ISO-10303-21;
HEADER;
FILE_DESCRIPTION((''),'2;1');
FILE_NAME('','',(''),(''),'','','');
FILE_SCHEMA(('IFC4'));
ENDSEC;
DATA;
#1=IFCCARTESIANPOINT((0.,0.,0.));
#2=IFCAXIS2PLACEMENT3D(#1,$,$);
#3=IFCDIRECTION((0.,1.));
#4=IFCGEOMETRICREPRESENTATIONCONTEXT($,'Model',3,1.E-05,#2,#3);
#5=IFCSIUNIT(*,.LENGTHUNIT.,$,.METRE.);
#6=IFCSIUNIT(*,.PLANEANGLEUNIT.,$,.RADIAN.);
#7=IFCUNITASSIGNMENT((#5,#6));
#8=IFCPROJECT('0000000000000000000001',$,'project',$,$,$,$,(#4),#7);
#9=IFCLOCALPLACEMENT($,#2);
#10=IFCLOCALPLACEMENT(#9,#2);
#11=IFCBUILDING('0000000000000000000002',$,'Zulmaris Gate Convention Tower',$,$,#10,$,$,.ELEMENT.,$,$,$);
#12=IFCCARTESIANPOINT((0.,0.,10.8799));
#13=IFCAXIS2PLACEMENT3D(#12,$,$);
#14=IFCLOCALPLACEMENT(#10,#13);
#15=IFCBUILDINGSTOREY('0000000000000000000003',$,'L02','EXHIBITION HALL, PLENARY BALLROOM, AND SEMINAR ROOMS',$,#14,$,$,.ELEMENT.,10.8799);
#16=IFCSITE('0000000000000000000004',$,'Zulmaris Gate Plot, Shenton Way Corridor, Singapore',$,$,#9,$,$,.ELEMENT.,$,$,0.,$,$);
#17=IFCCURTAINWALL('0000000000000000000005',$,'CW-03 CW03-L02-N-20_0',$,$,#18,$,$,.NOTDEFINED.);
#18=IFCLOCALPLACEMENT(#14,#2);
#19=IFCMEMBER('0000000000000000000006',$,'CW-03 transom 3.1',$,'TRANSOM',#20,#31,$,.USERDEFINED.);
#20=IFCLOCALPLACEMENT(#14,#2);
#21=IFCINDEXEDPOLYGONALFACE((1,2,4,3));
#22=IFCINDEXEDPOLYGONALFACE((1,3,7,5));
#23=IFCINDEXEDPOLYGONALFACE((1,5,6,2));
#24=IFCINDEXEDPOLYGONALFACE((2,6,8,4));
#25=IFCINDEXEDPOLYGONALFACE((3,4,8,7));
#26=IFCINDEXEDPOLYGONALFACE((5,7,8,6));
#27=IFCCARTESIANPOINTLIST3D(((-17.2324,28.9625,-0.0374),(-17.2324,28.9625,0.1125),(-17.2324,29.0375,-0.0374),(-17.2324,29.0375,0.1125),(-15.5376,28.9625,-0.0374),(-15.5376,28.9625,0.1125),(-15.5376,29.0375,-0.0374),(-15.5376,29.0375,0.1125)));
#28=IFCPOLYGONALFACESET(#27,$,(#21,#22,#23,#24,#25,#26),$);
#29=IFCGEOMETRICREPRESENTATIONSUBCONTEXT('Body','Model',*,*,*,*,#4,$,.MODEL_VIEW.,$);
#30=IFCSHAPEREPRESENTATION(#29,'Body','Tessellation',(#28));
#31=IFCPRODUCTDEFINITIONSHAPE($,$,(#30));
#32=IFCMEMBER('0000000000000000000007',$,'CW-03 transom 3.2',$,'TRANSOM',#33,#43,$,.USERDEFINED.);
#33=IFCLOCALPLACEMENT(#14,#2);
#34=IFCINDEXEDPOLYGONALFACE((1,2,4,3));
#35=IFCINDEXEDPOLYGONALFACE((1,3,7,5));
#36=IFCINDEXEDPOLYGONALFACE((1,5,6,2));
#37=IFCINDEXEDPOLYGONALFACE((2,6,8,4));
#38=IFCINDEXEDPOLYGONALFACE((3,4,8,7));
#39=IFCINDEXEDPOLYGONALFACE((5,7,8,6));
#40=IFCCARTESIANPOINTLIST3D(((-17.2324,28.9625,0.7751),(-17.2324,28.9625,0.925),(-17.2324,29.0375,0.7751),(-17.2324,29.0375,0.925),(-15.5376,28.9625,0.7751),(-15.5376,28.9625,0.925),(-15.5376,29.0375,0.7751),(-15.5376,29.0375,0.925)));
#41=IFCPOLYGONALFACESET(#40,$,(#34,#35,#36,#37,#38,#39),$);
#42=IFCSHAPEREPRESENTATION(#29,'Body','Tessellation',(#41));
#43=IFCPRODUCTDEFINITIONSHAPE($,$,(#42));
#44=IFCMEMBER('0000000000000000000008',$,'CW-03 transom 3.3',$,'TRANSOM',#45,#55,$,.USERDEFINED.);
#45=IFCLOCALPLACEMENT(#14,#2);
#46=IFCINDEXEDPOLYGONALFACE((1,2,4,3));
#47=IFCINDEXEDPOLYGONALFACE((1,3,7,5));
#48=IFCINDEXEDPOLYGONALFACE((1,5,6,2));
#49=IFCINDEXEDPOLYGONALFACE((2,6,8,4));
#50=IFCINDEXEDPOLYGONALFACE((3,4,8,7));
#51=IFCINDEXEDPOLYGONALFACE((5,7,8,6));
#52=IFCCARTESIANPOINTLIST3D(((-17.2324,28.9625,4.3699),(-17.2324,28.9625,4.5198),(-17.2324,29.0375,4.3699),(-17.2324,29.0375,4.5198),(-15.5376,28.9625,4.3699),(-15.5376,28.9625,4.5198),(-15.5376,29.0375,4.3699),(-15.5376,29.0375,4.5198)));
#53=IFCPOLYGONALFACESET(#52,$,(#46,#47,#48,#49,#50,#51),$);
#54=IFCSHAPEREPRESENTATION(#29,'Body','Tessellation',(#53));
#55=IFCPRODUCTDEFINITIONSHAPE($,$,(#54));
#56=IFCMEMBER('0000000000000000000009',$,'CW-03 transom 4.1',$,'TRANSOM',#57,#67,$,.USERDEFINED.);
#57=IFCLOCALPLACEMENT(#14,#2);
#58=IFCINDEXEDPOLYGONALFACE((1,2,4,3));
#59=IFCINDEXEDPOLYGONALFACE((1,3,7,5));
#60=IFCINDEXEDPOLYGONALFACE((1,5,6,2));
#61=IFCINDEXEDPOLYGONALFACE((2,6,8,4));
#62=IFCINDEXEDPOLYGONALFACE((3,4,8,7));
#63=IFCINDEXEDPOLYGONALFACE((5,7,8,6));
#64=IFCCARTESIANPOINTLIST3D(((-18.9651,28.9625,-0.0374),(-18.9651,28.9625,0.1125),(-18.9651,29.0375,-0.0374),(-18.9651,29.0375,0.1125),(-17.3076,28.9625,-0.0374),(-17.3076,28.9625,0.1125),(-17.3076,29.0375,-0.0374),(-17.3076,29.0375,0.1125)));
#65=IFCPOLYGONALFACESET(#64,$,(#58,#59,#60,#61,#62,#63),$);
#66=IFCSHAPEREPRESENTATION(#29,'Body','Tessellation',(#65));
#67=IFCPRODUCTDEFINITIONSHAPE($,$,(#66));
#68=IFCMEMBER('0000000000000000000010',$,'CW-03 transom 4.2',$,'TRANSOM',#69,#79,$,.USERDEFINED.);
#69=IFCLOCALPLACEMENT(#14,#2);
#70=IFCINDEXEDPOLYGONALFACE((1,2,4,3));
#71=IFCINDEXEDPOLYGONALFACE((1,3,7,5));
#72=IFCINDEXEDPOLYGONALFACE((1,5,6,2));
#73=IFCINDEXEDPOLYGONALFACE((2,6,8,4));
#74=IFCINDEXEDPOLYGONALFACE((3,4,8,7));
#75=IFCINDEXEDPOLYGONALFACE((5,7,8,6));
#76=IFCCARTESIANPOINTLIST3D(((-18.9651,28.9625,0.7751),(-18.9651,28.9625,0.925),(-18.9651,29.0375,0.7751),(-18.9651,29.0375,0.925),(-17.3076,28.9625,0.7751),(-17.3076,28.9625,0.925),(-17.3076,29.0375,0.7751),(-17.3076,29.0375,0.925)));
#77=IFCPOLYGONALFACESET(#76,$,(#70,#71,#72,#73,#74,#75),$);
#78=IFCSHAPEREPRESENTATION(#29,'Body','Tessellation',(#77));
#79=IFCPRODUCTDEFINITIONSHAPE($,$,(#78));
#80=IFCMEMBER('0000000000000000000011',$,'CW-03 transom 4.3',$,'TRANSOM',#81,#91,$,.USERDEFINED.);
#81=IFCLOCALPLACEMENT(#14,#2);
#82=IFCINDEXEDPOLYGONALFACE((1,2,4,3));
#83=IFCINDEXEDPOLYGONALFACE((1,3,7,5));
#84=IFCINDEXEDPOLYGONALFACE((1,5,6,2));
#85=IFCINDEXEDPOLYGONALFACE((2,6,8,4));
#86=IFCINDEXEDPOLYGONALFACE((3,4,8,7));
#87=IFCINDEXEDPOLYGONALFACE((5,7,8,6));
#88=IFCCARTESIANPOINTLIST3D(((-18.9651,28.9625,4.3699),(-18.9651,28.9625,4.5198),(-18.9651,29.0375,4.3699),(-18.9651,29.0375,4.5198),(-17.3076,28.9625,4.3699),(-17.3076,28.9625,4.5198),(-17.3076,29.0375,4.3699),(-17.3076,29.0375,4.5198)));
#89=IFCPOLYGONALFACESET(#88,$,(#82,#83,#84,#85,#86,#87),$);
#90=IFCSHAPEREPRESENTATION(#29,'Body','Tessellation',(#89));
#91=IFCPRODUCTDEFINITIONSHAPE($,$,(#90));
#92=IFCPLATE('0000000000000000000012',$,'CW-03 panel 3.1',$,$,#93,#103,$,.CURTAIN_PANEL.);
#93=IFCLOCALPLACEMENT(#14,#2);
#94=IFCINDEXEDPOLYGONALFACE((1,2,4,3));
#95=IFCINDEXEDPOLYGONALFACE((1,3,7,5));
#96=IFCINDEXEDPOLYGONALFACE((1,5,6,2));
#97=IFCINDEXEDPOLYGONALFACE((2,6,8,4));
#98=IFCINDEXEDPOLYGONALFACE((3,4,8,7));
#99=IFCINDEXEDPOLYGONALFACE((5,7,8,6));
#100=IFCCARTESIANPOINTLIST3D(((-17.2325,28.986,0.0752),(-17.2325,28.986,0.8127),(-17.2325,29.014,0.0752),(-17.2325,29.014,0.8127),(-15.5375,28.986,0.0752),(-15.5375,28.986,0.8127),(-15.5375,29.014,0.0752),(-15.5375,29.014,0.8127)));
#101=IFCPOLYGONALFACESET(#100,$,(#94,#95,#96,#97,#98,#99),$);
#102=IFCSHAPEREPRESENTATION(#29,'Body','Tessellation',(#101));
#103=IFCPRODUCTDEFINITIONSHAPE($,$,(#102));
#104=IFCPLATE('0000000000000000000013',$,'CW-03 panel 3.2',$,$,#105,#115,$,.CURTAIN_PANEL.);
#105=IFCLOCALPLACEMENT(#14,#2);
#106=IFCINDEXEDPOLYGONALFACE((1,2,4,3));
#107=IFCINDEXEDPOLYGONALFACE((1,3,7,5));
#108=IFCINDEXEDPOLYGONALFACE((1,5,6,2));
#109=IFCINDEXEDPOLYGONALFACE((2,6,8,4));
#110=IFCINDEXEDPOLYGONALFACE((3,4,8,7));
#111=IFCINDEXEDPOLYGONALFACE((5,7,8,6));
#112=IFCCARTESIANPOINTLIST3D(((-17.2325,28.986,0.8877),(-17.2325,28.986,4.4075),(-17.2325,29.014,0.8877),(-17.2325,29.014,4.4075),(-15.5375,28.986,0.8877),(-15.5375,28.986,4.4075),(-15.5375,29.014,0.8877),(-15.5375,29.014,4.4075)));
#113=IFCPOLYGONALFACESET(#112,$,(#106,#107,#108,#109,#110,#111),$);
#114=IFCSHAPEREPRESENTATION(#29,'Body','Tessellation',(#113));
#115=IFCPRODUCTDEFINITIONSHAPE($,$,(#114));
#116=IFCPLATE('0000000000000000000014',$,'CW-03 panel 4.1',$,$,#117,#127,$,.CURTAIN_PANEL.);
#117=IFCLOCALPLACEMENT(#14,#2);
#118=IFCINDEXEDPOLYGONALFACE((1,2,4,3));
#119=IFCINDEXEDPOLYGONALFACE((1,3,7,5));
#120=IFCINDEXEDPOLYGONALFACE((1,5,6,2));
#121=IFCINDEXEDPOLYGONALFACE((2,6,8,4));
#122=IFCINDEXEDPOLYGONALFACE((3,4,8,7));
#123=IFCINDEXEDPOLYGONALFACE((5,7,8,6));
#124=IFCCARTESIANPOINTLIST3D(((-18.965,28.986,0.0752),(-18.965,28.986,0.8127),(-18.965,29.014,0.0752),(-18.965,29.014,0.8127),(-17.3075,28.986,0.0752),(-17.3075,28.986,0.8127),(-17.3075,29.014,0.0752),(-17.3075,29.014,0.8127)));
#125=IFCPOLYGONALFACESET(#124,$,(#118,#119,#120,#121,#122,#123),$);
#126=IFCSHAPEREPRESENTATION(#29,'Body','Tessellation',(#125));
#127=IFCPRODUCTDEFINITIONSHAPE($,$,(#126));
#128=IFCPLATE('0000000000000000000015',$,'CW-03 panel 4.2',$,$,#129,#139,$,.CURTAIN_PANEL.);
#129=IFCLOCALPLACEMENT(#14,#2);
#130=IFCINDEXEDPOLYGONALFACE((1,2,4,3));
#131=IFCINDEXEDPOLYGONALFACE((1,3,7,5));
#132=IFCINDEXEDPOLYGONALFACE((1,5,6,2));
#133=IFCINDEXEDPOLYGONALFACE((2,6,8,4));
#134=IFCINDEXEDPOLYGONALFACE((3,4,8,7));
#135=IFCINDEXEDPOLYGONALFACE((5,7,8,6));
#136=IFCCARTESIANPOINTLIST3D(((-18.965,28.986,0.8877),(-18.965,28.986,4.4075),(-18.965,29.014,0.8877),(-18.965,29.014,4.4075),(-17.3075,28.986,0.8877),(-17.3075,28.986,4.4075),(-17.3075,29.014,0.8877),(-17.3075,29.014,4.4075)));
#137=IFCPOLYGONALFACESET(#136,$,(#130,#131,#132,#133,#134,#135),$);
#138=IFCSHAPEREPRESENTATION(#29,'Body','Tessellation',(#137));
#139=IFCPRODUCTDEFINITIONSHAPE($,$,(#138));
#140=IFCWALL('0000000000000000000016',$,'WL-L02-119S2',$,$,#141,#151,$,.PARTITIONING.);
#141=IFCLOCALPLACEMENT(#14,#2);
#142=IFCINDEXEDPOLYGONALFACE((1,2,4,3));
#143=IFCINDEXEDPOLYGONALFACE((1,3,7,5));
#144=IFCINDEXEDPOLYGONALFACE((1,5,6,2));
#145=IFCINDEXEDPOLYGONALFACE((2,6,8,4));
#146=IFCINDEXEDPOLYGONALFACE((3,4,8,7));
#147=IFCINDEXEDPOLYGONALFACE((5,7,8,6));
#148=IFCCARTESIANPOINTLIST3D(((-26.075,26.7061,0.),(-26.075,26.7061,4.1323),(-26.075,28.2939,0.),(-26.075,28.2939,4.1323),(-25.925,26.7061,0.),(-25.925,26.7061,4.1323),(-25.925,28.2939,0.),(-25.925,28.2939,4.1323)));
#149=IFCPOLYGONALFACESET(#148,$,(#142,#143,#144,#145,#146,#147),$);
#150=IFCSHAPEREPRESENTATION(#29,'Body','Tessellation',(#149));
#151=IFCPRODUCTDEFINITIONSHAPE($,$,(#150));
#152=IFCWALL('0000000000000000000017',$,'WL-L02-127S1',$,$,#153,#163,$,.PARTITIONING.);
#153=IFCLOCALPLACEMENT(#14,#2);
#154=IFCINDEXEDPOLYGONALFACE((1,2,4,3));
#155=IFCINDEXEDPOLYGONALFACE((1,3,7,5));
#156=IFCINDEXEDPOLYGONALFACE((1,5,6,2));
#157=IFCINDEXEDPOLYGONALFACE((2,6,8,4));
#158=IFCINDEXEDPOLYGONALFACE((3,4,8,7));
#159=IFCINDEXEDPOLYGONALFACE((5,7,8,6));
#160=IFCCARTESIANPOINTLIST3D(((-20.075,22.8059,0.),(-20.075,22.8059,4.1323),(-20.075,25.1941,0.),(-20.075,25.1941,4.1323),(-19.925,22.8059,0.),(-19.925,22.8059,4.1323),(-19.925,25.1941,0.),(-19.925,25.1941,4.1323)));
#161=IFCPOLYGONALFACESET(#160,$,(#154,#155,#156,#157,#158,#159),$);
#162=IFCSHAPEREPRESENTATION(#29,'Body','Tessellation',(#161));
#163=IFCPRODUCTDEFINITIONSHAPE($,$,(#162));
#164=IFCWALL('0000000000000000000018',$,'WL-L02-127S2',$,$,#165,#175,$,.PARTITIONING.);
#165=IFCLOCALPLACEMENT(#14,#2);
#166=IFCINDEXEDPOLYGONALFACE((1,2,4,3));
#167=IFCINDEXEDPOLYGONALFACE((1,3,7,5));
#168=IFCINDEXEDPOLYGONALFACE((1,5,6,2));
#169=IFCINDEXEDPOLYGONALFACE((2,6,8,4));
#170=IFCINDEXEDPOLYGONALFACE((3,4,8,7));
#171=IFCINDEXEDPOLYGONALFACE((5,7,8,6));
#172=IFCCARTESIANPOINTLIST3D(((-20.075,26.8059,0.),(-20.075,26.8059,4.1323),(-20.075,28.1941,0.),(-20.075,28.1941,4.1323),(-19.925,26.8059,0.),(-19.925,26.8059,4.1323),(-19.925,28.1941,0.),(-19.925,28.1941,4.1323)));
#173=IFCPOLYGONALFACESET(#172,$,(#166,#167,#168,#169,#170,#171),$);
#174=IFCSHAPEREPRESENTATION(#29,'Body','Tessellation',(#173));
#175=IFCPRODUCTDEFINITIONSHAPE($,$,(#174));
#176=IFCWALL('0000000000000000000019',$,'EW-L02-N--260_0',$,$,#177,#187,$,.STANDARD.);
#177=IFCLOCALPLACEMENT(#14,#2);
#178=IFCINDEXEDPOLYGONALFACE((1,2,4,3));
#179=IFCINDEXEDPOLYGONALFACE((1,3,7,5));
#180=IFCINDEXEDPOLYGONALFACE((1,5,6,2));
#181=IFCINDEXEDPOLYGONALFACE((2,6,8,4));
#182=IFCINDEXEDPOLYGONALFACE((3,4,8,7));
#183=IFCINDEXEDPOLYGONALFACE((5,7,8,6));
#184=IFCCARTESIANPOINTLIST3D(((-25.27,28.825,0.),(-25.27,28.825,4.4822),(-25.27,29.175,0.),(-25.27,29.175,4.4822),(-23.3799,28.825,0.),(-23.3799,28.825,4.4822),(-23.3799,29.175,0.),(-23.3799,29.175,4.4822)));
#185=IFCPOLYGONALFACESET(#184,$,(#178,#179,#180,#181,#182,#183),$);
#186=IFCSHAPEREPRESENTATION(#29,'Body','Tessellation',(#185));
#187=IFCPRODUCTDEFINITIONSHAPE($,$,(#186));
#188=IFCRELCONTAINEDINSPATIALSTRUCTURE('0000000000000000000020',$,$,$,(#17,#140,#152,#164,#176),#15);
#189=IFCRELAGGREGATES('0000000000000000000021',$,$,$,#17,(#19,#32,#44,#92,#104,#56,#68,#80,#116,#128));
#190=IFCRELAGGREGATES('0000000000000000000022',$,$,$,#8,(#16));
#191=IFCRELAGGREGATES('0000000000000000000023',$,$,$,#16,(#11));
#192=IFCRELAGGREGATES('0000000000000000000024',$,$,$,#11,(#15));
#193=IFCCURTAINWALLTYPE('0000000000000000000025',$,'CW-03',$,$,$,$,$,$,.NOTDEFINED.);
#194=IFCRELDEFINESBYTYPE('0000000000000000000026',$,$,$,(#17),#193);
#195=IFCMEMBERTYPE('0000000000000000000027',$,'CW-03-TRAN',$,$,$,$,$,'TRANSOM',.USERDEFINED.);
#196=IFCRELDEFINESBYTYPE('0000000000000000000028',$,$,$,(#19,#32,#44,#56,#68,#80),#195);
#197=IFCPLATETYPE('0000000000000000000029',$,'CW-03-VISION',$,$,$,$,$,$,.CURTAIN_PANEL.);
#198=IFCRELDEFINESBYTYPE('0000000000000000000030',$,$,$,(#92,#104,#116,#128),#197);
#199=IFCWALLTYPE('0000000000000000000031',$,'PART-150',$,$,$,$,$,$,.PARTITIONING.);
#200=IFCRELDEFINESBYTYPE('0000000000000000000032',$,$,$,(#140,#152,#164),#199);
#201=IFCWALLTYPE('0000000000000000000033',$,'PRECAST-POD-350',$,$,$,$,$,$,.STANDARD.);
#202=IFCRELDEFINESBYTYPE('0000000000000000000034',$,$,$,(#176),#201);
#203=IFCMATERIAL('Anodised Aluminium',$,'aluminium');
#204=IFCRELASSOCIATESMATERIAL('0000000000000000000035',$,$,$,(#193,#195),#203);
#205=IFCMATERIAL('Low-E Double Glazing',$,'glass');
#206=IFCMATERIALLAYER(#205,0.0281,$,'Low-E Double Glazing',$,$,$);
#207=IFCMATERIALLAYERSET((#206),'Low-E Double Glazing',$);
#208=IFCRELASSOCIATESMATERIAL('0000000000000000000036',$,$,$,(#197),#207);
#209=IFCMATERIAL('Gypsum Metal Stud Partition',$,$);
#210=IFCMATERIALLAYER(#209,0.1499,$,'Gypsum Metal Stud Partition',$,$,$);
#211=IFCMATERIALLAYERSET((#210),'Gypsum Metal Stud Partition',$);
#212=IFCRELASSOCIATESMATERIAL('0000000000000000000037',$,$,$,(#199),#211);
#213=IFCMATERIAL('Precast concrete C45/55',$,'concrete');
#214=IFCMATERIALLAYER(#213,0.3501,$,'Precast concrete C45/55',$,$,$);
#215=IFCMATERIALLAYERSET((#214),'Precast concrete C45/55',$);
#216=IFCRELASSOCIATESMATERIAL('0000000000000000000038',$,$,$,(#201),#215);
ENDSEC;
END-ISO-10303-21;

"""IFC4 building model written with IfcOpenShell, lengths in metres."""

from ifc_helpers import new_model, si_unit, direction, frame, frame_2d, origin, origin_2d, place, context, subcontext, project, spatial, rectangle, extrude, material, layer, layer_set, material_profile, profile_set, type_object, element, aggregate, save


model = new_model("IFC4")

# Units and contexts
model_context = context("Model", 3, precision=1e-05, world=origin(), true_north=direction((0.0, 1.0)))
body_context = subcontext(model_context, "Body", "Model", "MODEL_VIEW")
ifc_project = project(units=[si_unit("LENGTHUNIT", "METRE"), si_unit("PLANEANGLEUNIT", "RADIAN")], contexts=[model_context])

# Site, building, storey
site_placement = place(None, origin())
site = spatial("IfcSite", under=ifc_project, at=site_placement, Name="Zulmaris Gate Plot, Shenton Way Corridor, Singapore", CompositionType="ELEMENT", RefElevation=0.0)
building_placement = place(site_placement, origin())
building = spatial("IfcBuilding", under=site, at=building_placement, Name="Zulmaris Gate Convention Tower", CompositionType="ELEMENT")
storey_placement = place(building_placement, frame((0.0, 0.0, 10.8799)))
storey = spatial("IfcBuildingStorey", under=building, at=storey_placement, Name="L02", Description="EXHIBITION HALL, PLENARY BALLROOM, AND SEMINAR ROOMS", CompositionType="ELEMENT", Elevation=10.8799)

# Curtain wall, members, plates
ifc_material_1 = material(Name="Anodised Aluminium", Category="aluminium")
curtain_wall_type = type_object("IfcCurtainWallType", Name="CW-03", PredefinedType="NOTDEFINED", material=ifc_material_1)
curtain_wall_placement = place(storey_placement, origin())
curtain_wall = element("IfcCurtainWall", 1, at=curtain_wall_placement, inside=storey, type_object=curtain_wall_type, Name="CW-03 CW03-L02-N-20_0", PredefinedType="NOTDEFINED")
ifc_material_profile_1 = material_profile(ifc_material_1, rectangle(XDim=0.075, YDim=0.1499, at=origin_2d()), Name="ALU TRANSOM 75x150")
ifc_profile_set_1 = profile_set([ifc_material_profile_1], Name="Anodised Aluminium")
member_type_1 = type_object("IfcMemberType", Name="CW-03-TRAN", ElementType="TRANSOM", PredefinedType="USERDEFINED", material=ifc_profile_set_1)
member_1_placement = place(storey_placement, frame((-15.5376, 29.0, 0.0376), z_axis=(-1.0, 0.0, 0.0), x_axis=(0.0, -1.0, 0.0)))
member_1 = element("IfcMember", 2, at=member_1_placement, type_object=member_type_1, Name="CW-03 transom 3.1", ObjectType="TRANSOM", PredefinedType="USERDEFINED", context=body_context, shape_type="SweptSolid", body=[
    extrude(rectangle(XDim=0.075, YDim=0.1499, at=origin_2d()), origin(), (0.0, 0.0, 1.0), 1.6948),
])
member_2_placement = place(storey_placement, frame((-15.5376, 29.0, 0.8501), z_axis=(-1.0, 0.0, 0.0), x_axis=(0.0, -1.0, 0.0)))
member_2 = element("IfcMember", 3, at=member_2_placement, type_object=member_type_1, Name="CW-03 transom 3.2", ObjectType="TRANSOM", PredefinedType="USERDEFINED", context=body_context, shape_type="SweptSolid", body=[
    extrude(rectangle(XDim=0.075, YDim=0.1499, at=origin_2d()), origin(), (0.0, 0.0, 1.0), 1.6948),
])
member_3_placement = place(storey_placement, frame((-15.5376, 29.0, 4.4448), z_axis=(-1.0, 0.0, 0.0), x_axis=(0.0, -1.0, 0.0)))
member_3 = element("IfcMember", 4, at=member_3_placement, type_object=member_type_1, Name="CW-03 transom 3.3", ObjectType="TRANSOM", PredefinedType="USERDEFINED", context=body_context, shape_type="SweptSolid", body=[
    extrude(rectangle(XDim=0.075, YDim=0.1499, at=origin_2d()), origin(), (0.0, 0.0, 1.0), 1.6948),
])
member_4_placement = place(storey_placement, frame((-17.3076, 29.0, 0.0376), z_axis=(-1.0, 0.0, 0.0), x_axis=(0.0, -1.0, 0.0)))
member_4 = element("IfcMember", 5, at=member_4_placement, type_object=member_type_1, Name="CW-03 transom 4.1", ObjectType="TRANSOM", PredefinedType="USERDEFINED", context=body_context, shape_type="SweptSolid", body=[
    extrude(rectangle(XDim=0.075, YDim=0.1499, at=origin_2d()), origin(), (0.0, 0.0, 1.0), 1.6575),
])
member_5_placement = place(storey_placement, frame((-17.3076, 29.0, 0.8501), z_axis=(-1.0, 0.0, 0.0), x_axis=(0.0, -1.0, 0.0)))
member_5 = element("IfcMember", 6, at=member_5_placement, type_object=member_type_1, Name="CW-03 transom 4.2", ObjectType="TRANSOM", PredefinedType="USERDEFINED", context=body_context, shape_type="SweptSolid", body=[
    extrude(rectangle(XDim=0.075, YDim=0.1499, at=origin_2d()), origin(), (0.0, 0.0, 1.0), 1.6575),
])
member_6_placement = place(storey_placement, frame((-17.3076, 29.0, 4.4448), z_axis=(-1.0, 0.0, 0.0), x_axis=(0.0, -1.0, 0.0)))
member_6 = element("IfcMember", 7, at=member_6_placement, type_object=member_type_1, Name="CW-03 transom 4.3", ObjectType="TRANSOM", PredefinedType="USERDEFINED", context=body_context, shape_type="SweptSolid", body=[
    extrude(rectangle(XDim=0.075, YDim=0.1499, at=origin_2d()), origin(), (0.0, 0.0, 1.0), 1.6575),
])
ifc_material_2 = material(Name="Low-E Double Glazing", Category="glass")
ifc_layer_1 = layer(ifc_material_2, 0.0281, Name="Low-E Double Glazing")
ifc_layer_set_1 = layer_set([ifc_layer_1], Name="Low-E Double Glazing")
plate_type = type_object("IfcPlateType", Name="CW-03-VISION", PredefinedType="CURTAIN_PANEL", material=ifc_layer_set_1)
plate_1_placement = place(storey_placement, frame((-16.385, 29.0, 0.0752), z_axis=(0.0, 0.0, 1.0), x_axis=(-1.0, 0.0, 0.0)))
plate_1 = element("IfcPlate", 8, at=plate_1_placement, type_object=plate_type, Name="CW-03 panel 3.1", PredefinedType="CURTAIN_PANEL", context=body_context, shape_type="SweptSolid", body=[
    extrude(rectangle(XDim=1.6951, YDim=0.0281, at=origin_2d()), origin(), (0.0, 0.0, 1.0), 0.7375),
])
plate_2_placement = place(storey_placement, frame((-16.385, 29.0, 0.8877), z_axis=(0.0, 0.0, 1.0), x_axis=(-1.0, 0.0, 0.0)))
plate_2 = element("IfcPlate", 9, at=plate_2_placement, type_object=plate_type, Name="CW-03 panel 3.2", PredefinedType="CURTAIN_PANEL", context=body_context, shape_type="SweptSolid", body=[
    extrude(rectangle(XDim=1.6951, YDim=0.0281, at=origin_2d()), origin(), (0.0, 0.0, 1.0), 3.5198),
])
plate_3_placement = place(storey_placement, frame((-18.1362, 29.0, 0.0752), z_axis=(0.0, 0.0, 1.0), x_axis=(-1.0, 0.0, 0.0)))
plate_3 = element("IfcPlate", 10, at=plate_3_placement, type_object=plate_type, Name="CW-03 panel 4.1", PredefinedType="CURTAIN_PANEL", context=body_context, shape_type="SweptSolid", body=[
    extrude(rectangle(XDim=1.6575, YDim=0.0281, at=origin_2d()), origin(), (0.0, 0.0, 1.0), 0.7375),
])
plate_4_placement = place(storey_placement, frame((-18.1362, 29.0, 0.8877), z_axis=(0.0, 0.0, 1.0), x_axis=(-1.0, 0.0, 0.0)))
plate_4 = element("IfcPlate", 11, at=plate_4_placement, type_object=plate_type, Name="CW-03 panel 4.2", PredefinedType="CURTAIN_PANEL", context=body_context, shape_type="SweptSolid", body=[
    extrude(rectangle(XDim=1.6575, YDim=0.0281, at=origin_2d()), origin(), (0.0, 0.0, 1.0), 3.5198),
])
aggregate(curtain_wall, [member_1, member_2, member_3, plate_1, plate_2, member_4, member_5, member_6, plate_3, plate_4])

# Walls
ifc_material_3 = material(Name="Gypsum Metal Stud Partition")
ifc_layer_2 = layer(ifc_material_3, 0.1499, Name="Gypsum Metal Stud Partition")
ifc_layer_set_2 = layer_set([ifc_layer_2], Name="Gypsum Metal Stud Partition")
wall_type_1 = type_object("IfcWallType", Name="PART-150", PredefinedType="PARTITIONING", material=ifc_layer_set_2)
wall_1_placement = place(storey_placement, frame((-26.0, 26.7061, 0.0), z_axis=(0.0, 0.0, 1.0), x_axis=(0.0, 1.0, 0.0)))
element("IfcWall", 12, at=wall_1_placement, inside=storey, type_object=wall_type_1, Name="WL-L02-119S2", PredefinedType="PARTITIONING", context=body_context, shape_type="SweptSolid", body=[
    extrude(rectangle(XDim=1.5879, YDim=0.1499, at=frame_2d((0.7939, 0.0))), origin(), (0.0, 0.0, 1.0), 4.1323),
])
wall_2_placement = place(storey_placement, frame((-20.0, 22.8059, 0.0), z_axis=(0.0, 0.0, 1.0), x_axis=(0.0, 1.0, 0.0)))
element("IfcWall", 13, at=wall_2_placement, inside=storey, type_object=wall_type_1, Name="WL-L02-127S1", PredefinedType="PARTITIONING", context=body_context, shape_type="SweptSolid", body=[
    extrude(rectangle(XDim=2.3882, YDim=0.1499, at=frame_2d((1.1941, 0.0))), origin(), (0.0, 0.0, 1.0), 4.1323),
])
wall_3_placement = place(storey_placement, frame((-20.0, 26.8059, 0.0), z_axis=(0.0, 0.0, 1.0), x_axis=(0.0, 1.0, 0.0)))
element("IfcWall", 14, at=wall_3_placement, inside=storey, type_object=wall_type_1, Name="WL-L02-127S2", PredefinedType="PARTITIONING", context=body_context, shape_type="SweptSolid", body=[
    extrude(rectangle(XDim=1.3882, YDim=0.1499, at=frame_2d((0.6941, 0.0))), origin(), (0.0, 0.0, 1.0), 4.1323),
])
ifc_material_4 = material(Name="Precast concrete C45/55", Category="concrete")
ifc_layer_3 = layer(ifc_material_4, 0.3501, Name="Precast concrete C45/55")
ifc_layer_set_3 = layer_set([ifc_layer_3], Name="Precast concrete C45/55")
wall_type_2 = type_object("IfcWallType", Name="PRECAST-POD-350", PredefinedType="STANDARD", material=ifc_layer_set_3)
wall_4_placement = place(storey_placement, frame((-23.3799, 29.0, 0.0), z_axis=(0.0, 0.0, 1.0), x_axis=(-1.0, 0.0, 0.0)))
element("IfcWall", 15, at=wall_4_placement, inside=storey, type_object=wall_type_2, Name="EW-L02-N--260_0", PredefinedType="STANDARD", context=body_context, shape_type="SweptSolid", body=[
    extrude(rectangle(XDim=1.8901, YDim=0.3501, at=frame_2d((0.9451, 0.0))), origin(), (0.0, 0.0, 1.0), 4.4822),
])

save(model, "model.ifc")
